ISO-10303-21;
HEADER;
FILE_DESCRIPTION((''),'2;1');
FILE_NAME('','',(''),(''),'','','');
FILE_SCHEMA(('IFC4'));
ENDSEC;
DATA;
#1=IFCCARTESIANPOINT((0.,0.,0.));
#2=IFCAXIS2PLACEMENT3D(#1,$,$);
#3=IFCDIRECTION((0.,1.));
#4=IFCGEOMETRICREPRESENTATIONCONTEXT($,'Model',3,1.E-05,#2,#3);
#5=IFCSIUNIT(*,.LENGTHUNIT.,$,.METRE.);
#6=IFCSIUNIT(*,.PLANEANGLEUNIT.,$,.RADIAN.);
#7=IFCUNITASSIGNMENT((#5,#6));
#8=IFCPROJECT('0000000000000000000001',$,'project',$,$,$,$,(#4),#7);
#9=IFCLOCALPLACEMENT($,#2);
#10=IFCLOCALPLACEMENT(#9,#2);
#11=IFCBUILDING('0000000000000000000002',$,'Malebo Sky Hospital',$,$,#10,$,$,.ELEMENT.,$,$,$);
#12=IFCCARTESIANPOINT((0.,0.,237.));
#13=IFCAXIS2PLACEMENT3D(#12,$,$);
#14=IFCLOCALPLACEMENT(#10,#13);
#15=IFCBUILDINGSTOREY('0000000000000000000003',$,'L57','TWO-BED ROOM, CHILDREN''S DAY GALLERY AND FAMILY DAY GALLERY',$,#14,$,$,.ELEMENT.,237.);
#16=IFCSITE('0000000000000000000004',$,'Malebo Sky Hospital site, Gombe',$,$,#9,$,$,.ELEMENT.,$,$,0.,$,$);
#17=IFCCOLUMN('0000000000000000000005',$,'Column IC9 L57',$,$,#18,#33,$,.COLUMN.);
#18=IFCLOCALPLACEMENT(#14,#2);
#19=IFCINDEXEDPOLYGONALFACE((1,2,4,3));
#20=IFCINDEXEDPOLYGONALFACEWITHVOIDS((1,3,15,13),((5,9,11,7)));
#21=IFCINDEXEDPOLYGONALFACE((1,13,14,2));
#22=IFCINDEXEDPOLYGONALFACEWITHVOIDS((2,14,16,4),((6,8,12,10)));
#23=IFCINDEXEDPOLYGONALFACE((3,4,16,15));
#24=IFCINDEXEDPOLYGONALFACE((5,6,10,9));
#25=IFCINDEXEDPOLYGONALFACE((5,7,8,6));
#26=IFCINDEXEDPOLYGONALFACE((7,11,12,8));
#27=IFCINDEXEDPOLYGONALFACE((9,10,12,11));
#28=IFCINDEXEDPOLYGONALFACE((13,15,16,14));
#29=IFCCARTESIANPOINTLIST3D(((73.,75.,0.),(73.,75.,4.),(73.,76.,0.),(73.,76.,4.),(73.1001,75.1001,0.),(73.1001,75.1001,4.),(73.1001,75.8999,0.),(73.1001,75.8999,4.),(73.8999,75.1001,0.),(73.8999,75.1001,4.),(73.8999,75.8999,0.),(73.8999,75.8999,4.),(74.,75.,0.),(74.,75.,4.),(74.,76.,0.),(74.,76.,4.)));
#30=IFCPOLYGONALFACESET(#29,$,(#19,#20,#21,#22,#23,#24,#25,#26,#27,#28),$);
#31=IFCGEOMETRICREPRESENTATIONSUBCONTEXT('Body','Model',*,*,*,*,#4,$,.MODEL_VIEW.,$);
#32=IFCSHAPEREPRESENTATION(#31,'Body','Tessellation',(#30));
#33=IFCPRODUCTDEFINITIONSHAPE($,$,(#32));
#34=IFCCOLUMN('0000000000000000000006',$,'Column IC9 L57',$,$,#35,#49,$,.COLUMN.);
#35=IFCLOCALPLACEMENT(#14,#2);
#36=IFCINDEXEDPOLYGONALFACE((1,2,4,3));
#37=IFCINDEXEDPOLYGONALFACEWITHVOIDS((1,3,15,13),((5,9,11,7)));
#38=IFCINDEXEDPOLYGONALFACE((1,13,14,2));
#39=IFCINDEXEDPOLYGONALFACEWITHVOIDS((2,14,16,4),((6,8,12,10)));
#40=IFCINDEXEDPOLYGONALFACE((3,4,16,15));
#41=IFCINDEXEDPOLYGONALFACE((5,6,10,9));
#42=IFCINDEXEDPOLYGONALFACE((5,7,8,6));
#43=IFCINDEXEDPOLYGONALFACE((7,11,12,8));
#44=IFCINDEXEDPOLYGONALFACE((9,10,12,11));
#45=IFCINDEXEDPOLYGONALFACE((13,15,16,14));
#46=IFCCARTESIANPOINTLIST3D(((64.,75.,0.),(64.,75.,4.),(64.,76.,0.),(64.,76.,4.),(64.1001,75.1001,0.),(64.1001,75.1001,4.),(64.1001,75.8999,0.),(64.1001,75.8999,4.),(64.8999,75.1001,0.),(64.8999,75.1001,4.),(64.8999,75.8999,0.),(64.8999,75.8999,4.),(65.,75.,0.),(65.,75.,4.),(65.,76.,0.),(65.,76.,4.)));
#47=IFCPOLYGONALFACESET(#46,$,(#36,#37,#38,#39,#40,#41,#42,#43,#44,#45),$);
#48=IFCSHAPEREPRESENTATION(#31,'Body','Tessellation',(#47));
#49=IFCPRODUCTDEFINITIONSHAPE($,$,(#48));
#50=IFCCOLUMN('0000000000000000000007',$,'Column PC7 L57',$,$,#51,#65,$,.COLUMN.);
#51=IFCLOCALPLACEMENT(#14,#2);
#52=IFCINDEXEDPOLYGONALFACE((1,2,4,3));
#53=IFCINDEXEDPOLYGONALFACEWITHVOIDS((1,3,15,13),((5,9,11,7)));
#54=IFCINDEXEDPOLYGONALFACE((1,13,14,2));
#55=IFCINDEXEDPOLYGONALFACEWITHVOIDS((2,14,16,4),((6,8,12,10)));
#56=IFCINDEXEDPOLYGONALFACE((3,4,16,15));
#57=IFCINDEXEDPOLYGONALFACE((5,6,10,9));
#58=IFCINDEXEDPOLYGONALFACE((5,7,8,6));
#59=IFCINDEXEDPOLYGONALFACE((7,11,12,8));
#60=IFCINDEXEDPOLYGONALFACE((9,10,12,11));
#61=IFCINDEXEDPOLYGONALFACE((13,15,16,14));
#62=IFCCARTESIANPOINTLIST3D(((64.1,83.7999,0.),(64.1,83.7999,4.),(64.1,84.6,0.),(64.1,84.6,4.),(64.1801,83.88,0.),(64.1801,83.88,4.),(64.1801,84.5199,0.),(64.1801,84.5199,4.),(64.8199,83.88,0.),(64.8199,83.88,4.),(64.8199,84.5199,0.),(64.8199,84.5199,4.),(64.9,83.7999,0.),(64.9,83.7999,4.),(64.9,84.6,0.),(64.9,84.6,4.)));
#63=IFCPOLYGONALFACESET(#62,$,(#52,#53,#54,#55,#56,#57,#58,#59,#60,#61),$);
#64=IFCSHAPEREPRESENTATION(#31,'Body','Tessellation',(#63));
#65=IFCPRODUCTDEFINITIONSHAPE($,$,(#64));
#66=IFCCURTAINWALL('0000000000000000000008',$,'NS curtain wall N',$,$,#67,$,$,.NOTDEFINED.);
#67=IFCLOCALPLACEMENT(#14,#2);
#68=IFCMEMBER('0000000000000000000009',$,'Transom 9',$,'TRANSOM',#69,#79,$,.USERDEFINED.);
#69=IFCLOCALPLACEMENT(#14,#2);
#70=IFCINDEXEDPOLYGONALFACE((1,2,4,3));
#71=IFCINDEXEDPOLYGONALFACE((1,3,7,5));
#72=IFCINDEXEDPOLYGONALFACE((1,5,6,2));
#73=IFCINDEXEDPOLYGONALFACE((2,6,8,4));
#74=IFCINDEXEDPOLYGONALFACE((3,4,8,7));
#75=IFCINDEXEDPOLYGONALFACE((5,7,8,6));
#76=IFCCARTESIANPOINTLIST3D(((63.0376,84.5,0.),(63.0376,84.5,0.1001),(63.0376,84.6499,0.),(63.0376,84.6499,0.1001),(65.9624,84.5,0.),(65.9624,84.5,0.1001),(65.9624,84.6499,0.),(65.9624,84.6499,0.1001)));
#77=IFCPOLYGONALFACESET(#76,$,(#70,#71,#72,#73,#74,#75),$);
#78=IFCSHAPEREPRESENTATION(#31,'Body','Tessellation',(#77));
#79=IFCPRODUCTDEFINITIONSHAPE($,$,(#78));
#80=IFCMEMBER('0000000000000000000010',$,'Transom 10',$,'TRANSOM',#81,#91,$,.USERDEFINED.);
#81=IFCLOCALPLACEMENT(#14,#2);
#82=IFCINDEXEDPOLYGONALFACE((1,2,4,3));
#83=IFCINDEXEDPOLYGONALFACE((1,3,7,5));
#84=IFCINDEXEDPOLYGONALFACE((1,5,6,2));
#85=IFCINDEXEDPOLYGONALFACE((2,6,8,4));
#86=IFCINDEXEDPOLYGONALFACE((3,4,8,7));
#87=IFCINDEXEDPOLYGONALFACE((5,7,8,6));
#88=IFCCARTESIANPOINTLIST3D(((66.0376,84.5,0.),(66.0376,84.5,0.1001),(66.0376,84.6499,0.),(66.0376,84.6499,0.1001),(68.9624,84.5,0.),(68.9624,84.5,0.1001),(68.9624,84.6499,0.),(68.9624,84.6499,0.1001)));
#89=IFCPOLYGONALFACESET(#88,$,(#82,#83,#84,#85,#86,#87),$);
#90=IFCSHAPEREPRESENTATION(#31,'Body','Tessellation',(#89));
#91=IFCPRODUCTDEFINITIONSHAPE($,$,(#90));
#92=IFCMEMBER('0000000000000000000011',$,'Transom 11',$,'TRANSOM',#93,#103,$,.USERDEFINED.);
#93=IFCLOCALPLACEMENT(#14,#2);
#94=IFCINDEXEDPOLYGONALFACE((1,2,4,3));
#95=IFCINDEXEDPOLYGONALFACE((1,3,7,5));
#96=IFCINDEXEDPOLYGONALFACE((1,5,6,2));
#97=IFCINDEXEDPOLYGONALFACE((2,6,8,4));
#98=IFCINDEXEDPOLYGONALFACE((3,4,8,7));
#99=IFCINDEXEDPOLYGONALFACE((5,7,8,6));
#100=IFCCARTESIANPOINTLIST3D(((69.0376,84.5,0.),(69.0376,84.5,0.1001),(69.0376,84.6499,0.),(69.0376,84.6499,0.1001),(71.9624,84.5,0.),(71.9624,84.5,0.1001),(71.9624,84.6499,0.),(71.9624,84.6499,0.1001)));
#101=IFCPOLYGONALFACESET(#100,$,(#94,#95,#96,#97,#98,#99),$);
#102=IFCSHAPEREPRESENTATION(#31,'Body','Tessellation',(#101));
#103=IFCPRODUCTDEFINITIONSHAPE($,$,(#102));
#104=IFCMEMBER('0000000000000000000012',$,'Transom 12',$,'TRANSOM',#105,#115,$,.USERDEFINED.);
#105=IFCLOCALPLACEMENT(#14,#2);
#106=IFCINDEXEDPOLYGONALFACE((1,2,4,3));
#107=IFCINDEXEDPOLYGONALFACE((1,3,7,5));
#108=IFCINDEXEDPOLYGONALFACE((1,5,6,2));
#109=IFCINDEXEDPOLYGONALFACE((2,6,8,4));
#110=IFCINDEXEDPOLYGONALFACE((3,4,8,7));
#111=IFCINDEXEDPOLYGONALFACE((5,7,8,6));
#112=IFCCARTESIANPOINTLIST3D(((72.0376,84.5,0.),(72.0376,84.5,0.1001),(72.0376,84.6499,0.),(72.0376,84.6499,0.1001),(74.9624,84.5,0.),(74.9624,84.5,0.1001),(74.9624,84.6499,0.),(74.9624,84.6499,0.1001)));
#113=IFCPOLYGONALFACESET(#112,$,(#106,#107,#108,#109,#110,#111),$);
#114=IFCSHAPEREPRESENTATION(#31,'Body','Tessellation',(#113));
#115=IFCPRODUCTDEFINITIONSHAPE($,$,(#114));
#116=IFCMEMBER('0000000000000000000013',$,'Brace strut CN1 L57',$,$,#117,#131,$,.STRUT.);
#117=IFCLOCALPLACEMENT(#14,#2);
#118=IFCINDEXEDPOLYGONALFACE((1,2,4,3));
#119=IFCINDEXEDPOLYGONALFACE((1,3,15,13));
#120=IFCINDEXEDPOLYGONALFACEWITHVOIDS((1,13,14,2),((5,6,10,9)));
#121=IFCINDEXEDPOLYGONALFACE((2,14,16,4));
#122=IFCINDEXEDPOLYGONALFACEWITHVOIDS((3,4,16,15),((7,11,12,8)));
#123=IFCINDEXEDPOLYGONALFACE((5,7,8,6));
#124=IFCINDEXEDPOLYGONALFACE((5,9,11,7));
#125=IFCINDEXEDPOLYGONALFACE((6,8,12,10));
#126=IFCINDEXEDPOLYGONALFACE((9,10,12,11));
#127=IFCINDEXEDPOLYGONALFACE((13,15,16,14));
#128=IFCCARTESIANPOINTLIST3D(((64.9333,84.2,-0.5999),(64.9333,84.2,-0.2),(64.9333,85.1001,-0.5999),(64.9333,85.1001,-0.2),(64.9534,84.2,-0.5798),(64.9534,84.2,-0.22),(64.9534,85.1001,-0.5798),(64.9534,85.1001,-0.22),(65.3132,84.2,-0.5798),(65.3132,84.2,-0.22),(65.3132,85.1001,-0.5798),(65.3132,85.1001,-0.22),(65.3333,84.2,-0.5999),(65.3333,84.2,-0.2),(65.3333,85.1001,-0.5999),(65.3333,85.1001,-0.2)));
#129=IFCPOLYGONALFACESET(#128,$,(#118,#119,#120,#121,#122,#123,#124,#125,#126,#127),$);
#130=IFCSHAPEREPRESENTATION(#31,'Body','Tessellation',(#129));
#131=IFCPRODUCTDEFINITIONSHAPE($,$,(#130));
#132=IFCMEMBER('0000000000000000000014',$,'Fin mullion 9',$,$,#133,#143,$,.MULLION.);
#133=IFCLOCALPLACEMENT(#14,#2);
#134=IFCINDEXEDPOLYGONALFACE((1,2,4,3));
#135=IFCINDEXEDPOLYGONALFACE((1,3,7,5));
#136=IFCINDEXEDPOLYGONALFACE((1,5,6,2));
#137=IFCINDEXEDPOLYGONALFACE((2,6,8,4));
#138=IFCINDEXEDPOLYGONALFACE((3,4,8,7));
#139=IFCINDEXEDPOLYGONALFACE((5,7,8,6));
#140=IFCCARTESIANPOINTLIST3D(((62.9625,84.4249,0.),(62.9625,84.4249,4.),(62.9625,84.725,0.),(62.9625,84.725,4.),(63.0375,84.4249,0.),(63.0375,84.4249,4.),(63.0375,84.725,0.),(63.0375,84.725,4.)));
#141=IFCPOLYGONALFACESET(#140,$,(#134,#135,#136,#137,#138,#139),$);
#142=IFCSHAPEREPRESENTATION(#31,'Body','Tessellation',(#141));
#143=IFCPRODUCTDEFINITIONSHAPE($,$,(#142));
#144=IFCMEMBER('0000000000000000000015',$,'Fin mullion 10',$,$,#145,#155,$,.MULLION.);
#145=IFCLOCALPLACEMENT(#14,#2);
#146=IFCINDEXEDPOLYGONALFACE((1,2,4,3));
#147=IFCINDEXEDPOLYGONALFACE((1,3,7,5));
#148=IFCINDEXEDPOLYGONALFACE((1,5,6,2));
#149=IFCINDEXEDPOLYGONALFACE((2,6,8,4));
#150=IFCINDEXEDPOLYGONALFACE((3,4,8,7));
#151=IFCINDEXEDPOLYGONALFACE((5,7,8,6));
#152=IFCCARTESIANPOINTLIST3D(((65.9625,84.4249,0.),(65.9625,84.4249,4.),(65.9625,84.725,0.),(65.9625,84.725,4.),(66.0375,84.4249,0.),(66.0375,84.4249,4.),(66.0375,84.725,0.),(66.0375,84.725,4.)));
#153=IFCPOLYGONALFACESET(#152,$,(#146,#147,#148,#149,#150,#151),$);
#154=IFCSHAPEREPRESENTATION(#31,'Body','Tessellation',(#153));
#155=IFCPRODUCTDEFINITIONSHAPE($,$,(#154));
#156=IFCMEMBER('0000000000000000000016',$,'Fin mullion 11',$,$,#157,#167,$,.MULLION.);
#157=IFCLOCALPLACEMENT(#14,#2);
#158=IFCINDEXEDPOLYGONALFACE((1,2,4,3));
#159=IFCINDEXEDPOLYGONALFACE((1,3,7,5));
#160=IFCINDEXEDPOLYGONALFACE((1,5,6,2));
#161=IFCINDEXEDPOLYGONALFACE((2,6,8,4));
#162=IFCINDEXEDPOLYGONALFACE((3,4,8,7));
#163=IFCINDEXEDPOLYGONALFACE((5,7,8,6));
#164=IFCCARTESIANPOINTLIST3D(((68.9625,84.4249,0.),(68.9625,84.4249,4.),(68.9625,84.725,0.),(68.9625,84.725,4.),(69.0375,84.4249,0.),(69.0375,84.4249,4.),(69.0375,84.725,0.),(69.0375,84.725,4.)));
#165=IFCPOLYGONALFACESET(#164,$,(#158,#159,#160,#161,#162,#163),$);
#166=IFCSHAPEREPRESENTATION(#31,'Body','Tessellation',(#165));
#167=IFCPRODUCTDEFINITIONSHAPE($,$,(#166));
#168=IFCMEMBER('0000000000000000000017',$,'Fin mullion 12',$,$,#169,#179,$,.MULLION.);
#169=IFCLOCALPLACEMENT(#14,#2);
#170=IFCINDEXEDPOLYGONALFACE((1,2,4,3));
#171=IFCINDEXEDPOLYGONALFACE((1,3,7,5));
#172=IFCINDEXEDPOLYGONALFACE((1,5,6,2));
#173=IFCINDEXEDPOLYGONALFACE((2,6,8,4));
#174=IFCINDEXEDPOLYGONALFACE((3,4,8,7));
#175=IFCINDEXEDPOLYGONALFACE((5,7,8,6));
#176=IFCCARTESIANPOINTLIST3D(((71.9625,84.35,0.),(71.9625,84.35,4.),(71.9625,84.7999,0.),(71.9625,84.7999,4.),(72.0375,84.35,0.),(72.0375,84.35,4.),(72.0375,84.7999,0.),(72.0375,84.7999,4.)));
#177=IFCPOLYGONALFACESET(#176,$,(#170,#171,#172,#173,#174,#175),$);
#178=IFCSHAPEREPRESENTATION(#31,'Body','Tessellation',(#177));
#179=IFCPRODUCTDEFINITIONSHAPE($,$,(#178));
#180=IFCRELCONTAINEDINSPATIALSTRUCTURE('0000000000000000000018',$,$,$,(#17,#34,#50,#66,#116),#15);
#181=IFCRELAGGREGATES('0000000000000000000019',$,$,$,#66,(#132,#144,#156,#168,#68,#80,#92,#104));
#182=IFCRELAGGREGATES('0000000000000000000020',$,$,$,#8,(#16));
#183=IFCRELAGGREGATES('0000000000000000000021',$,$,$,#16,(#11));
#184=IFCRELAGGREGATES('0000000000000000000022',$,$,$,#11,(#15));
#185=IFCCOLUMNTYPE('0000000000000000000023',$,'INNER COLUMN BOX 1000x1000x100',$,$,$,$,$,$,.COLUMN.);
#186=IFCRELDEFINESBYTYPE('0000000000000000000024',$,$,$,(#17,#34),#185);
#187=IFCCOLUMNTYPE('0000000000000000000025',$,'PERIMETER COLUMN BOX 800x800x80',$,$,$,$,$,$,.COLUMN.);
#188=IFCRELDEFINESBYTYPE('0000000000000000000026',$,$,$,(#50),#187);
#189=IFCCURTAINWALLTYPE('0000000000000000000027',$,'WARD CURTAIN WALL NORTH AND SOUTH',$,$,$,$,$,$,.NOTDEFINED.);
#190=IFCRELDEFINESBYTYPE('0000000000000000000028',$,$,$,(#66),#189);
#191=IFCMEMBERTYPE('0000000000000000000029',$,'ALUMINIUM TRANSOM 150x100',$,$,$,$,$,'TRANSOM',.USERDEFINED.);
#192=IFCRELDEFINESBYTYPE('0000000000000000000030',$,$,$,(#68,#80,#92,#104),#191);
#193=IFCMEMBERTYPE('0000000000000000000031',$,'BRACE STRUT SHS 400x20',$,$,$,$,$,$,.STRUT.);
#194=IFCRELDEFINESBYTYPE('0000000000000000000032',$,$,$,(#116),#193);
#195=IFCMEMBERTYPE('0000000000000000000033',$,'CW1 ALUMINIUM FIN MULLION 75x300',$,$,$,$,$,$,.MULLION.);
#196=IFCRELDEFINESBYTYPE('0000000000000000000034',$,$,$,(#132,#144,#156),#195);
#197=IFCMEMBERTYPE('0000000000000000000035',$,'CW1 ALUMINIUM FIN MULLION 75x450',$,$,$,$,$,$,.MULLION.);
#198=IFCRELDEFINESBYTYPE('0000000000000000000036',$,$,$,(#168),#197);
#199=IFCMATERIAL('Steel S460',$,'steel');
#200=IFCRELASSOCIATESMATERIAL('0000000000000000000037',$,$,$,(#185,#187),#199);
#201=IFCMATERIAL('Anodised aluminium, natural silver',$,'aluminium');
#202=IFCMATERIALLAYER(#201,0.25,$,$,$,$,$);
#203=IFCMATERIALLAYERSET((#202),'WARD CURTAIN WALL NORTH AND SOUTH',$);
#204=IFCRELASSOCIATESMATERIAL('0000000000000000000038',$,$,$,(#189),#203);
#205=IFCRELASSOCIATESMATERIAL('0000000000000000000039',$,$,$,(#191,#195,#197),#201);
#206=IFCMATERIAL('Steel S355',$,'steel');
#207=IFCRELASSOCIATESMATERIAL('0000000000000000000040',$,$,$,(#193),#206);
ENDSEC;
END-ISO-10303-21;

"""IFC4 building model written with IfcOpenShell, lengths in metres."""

from ifc_helpers import new_model, si_unit, direction, frame, origin, origin_2d, place, context, subcontext, project, spatial, rectangle, hollow_rectangle, extrude, material, layer, layer_set, material_profile, profile_set, type_object, element, aggregate, save


model = new_model("IFC4")

# Units and contexts
model_context = context("Model", 3, precision=1e-05, world=origin(), true_north=direction((0.0, 1.0)))
body_context = subcontext(model_context, "Body", "Model", "MODEL_VIEW")
ifc_project = project(units=[si_unit("LENGTHUNIT", "METRE"), si_unit("PLANEANGLEUNIT", "RADIAN")], contexts=[model_context])

# Site, building, storey
site_placement = place(None, origin())
site = spatial("IfcSite", under=ifc_project, at=site_placement, Name="Malebo Sky Hospital site, Gombe", CompositionType="ELEMENT", RefElevation=0.0)
building_placement = place(site_placement, origin())
building = spatial("IfcBuilding", under=site, at=building_placement, Name="Malebo Sky Hospital", CompositionType="ELEMENT")
storey_placement = place(building_placement, frame((0.0, 0.0, 237.0)))
storey = spatial("IfcBuildingStorey", under=building, at=storey_placement, Name="L57", Description="TWO-BED ROOM, CHILDREN'S DAY GALLERY AND FAMILY DAY GALLERY", CompositionType="ELEMENT", Elevation=237.0)

# Columns
ifc_material_1 = material(Name="Steel S460", Category="steel")
ifc_material_profile_1 = material_profile(ifc_material_1, hollow_rectangle(XDim=1.0, YDim=1.0, WallThickness=0.1001, at=origin_2d()), Name="BOX 1000x1000x100")
ifc_profile_set_1 = profile_set([ifc_material_profile_1], Name="Steel S460")
column_type_1 = type_object("IfcColumnType", Name="INNER COLUMN BOX 1000x1000x100", PredefinedType="COLUMN", material=ifc_profile_set_1)
for number, where, z_axis, x_axis, name in (
    (1, (73.5, 75.5, 0.0), (0.0, 0.0, 1.0), (1.0, 0.0, 0.0), "Column IC9 L57"),
    (2, (64.5, 75.5, 0.0), (0.0, 0.0, 1.0), (1.0, 0.0, 0.0), "Column IC9 L57"),
):
    element("IfcColumn", number, at=place(storey_placement, frame(where, z_axis=z_axis, x_axis=x_axis)), inside=storey, type_object=column_type_1, Name=name, PredefinedType="COLUMN", context=body_context, shape_type="SweptSolid", body=[
        extrude(hollow_rectangle(XDim=1.0, YDim=1.0, WallThickness=0.1001, at=origin_2d()), origin(), (0.0, 0.0, 1.0), 4.0),
    ])
ifc_material_profile_2 = material_profile(ifc_material_1, hollow_rectangle(XDim=0.8, YDim=0.8, WallThickness=0.0801, at=origin_2d()), Name="BOX 800x800x80")
ifc_profile_set_2 = profile_set([ifc_material_profile_2], Name="Steel S460")
column_type_2 = type_object("IfcColumnType", Name="PERIMETER COLUMN BOX 800x800x80", PredefinedType="COLUMN", material=ifc_profile_set_2)
column_placement = place(storey_placement, frame((64.5, 84.2, 0.0), z_axis=(0.0, 0.0, 1.0), x_axis=(1.0, 0.0, 0.0)))
element("IfcColumn", 3, at=column_placement, inside=storey, type_object=column_type_2, Name="Column PC7 L57", PredefinedType="COLUMN", context=body_context, shape_type="SweptSolid", body=[
    extrude(hollow_rectangle(XDim=0.8, YDim=0.8, WallThickness=0.0801, at=origin_2d()), origin(), (0.0, 0.0, 1.0), 4.0),
])

# Curtain wall, members
ifc_material_2 = material(Name="Anodised aluminium, natural silver", Category="aluminium")
ifc_layer_1 = layer(ifc_material_2, 0.25)
ifc_layer_set_1 = layer_set([ifc_layer_1], Name="WARD CURTAIN WALL NORTH AND SOUTH")
curtain_wall_type = type_object("IfcCurtainWallType", Name="WARD CURTAIN WALL NORTH AND SOUTH", PredefinedType="NOTDEFINED", material=ifc_layer_set_1)
curtain_wall_placement = place(storey_placement, origin())
curtain_wall = element("IfcCurtainWall", 4, at=curtain_wall_placement, inside=storey, type_object=curtain_wall_type, Name="NS curtain wall N", PredefinedType="NOTDEFINED")
ifc_material_profile_3 = material_profile(ifc_material_2, rectangle(XDim=0.1499, YDim=0.1001, at=origin_2d()), Name="ALUMINIUM TRANSOM 150x100")
ifc_profile_set_3 = profile_set([ifc_material_profile_3], Name="Anodised aluminium, natural silver")
member_type_1 = type_object("IfcMemberType", Name="ALUMINIUM TRANSOM 150x100", ElementType="TRANSOM", PredefinedType="USERDEFINED", material=ifc_profile_set_3)
member_1_placement = place(storey_placement, frame((63.0376, 84.575, 0.05), z_axis=(1.0, 0.0, 0.0), x_axis=(0.0, 1.0, 0.0)))
member_1 = element("IfcMember", 5, at=member_1_placement, type_object=member_type_1, Name="Transom 9", ObjectType="TRANSOM", PredefinedType="USERDEFINED", context=body_context, shape_type="SweptSolid", body=[
    extrude(rectangle(XDim=0.1499, YDim=0.1001, at=origin_2d()), origin(), (0.0, 0.0, 1.0), 2.9248),
])
member_2_placement = place(storey_placement, frame((66.0376, 84.575, 0.05), z_axis=(1.0, 0.0, 0.0), x_axis=(0.0, 1.0, 0.0)))
member_2 = element("IfcMember", 6, at=member_2_placement, type_object=member_type_1, Name="Transom 10", ObjectType="TRANSOM", PredefinedType="USERDEFINED", context=body_context, shape_type="SweptSolid", body=[
    extrude(rectangle(XDim=0.1499, YDim=0.1001, at=origin_2d()), origin(), (0.0, 0.0, 1.0), 2.9248),
])
member_3_placement = place(storey_placement, frame((69.0376, 84.575, 0.05), z_axis=(1.0, 0.0, 0.0), x_axis=(0.0, 1.0, 0.0)))
member_3 = element("IfcMember", 7, at=member_3_placement, type_object=member_type_1, Name="Transom 11", ObjectType="TRANSOM", PredefinedType="USERDEFINED", context=body_context, shape_type="SweptSolid", body=[
    extrude(rectangle(XDim=0.1499, YDim=0.1001, at=origin_2d()), origin(), (0.0, 0.0, 1.0), 2.9248),
])
member_4_placement = place(storey_placement, frame((72.0376, 84.575, 0.05), z_axis=(1.0, 0.0, 0.0), x_axis=(0.0, 1.0, 0.0)))
member_4 = element("IfcMember", 8, at=member_4_placement, type_object=member_type_1, Name="Transom 12", ObjectType="TRANSOM", PredefinedType="USERDEFINED", context=body_context, shape_type="SweptSolid", body=[
    extrude(rectangle(XDim=0.1499, YDim=0.1001, at=origin_2d()), origin(), (0.0, 0.0, 1.0), 2.9248),
])

# Members
ifc_material_3 = material(Name="Steel S355", Category="steel")
ifc_material_profile_4 = material_profile(ifc_material_3, hollow_rectangle(XDim=0.3999, YDim=0.3999, WallThickness=0.02, at=origin_2d()), Name="SHS 400x20")
ifc_profile_set_4 = profile_set([ifc_material_profile_4], Name="Steel S355")
member_type_2 = type_object("IfcMemberType", Name="BRACE STRUT SHS 400x20", PredefinedType="STRUT", material=ifc_profile_set_4)
member_5_placement = place(storey_placement, frame((65.1333, 85.1001, -0.3999), z_axis=(0.0, -1.0, 0.0), x_axis=(1.0, 0.0, 0.0)))
element("IfcMember", 9, at=member_5_placement, inside=storey, type_object=member_type_2, Name="Brace strut CN1 L57", PredefinedType="STRUT", context=body_context, shape_type="SweptSolid", body=[
    extrude(hollow_rectangle(XDim=0.3999, YDim=0.3999, WallThickness=0.02, at=origin_2d()), origin(), (0.0, 0.0, 1.0), 0.9001),
])
ifc_material_profile_5 = material_profile(ifc_material_2, rectangle(XDim=0.075, YDim=0.3, at=origin_2d()), Name="CW1 ALUMINIUM FIN MULLION 75x300")
ifc_profile_set_5 = profile_set([ifc_material_profile_5], Name="Anodised aluminium, natural silver")
member_type_3 = type_object("IfcMemberType", Name="CW1 ALUMINIUM FIN MULLION 75x300", PredefinedType="MULLION", material=ifc_profile_set_5)
member_6_placement = place(storey_placement, frame((63.0, 84.575, 0.0), z_axis=(0.0, 0.0, 1.0), x_axis=(1.0, 0.0, 0.0)))
member_6 = element("IfcMember", 10, at=member_6_placement, type_object=member_type_3, Name="Fin mullion 9", PredefinedType="MULLION", context=body_context, shape_type="SweptSolid", body=[
    extrude(rectangle(XDim=0.075, YDim=0.3, at=origin_2d()), origin(), (0.0, 0.0, 1.0), 4.0),
])
member_7_placement = place(storey_placement, frame((66.0, 84.575, 0.0), z_axis=(0.0, 0.0, 1.0), x_axis=(1.0, 0.0, 0.0)))
member_7 = element("IfcMember", 11, at=member_7_placement, type_object=member_type_3, Name="Fin mullion 10", PredefinedType="MULLION", context=body_context, shape_type="SweptSolid", body=[
    extrude(rectangle(XDim=0.075, YDim=0.3, at=origin_2d()), origin(), (0.0, 0.0, 1.0), 4.0),
])
member_8_placement = place(storey_placement, frame((69.0, 84.575, 0.0), z_axis=(0.0, 0.0, 1.0), x_axis=(1.0, 0.0, 0.0)))
member_8 = element("IfcMember", 12, at=member_8_placement, type_object=member_type_3, Name="Fin mullion 11", PredefinedType="MULLION", context=body_context, shape_type="SweptSolid", body=[
    extrude(rectangle(XDim=0.075, YDim=0.3, at=origin_2d()), origin(), (0.0, 0.0, 1.0), 4.0),
])
ifc_material_profile_6 = material_profile(ifc_material_2, rectangle(XDim=0.075, YDim=0.45, at=origin_2d()), Name="CW1 ALUMINIUM FIN MULLION 75x450")
ifc_profile_set_6 = profile_set([ifc_material_profile_6], Name="Anodised aluminium, natural silver")
member_type_4 = type_object("IfcMemberType", Name="CW1 ALUMINIUM FIN MULLION 75x450", PredefinedType="MULLION", material=ifc_profile_set_6)
member_9_placement = place(storey_placement, frame((72.0, 84.575, 0.0), z_axis=(0.0, 0.0, 1.0), x_axis=(1.0, 0.0, 0.0)))
member_9 = element("IfcMember", 13, at=member_9_placement, type_object=member_type_4, Name="Fin mullion 12", PredefinedType="MULLION", context=body_context, shape_type="SweptSolid", body=[
    extrude(rectangle(XDim=0.075, YDim=0.45, at=origin_2d()), origin(), (0.0, 0.0, 1.0), 4.0),
])

aggregate(curtain_wall, [member_6, member_7, member_8, member_9, member_1, member_2, member_3, member_4])

save(model, "model.ifc")
